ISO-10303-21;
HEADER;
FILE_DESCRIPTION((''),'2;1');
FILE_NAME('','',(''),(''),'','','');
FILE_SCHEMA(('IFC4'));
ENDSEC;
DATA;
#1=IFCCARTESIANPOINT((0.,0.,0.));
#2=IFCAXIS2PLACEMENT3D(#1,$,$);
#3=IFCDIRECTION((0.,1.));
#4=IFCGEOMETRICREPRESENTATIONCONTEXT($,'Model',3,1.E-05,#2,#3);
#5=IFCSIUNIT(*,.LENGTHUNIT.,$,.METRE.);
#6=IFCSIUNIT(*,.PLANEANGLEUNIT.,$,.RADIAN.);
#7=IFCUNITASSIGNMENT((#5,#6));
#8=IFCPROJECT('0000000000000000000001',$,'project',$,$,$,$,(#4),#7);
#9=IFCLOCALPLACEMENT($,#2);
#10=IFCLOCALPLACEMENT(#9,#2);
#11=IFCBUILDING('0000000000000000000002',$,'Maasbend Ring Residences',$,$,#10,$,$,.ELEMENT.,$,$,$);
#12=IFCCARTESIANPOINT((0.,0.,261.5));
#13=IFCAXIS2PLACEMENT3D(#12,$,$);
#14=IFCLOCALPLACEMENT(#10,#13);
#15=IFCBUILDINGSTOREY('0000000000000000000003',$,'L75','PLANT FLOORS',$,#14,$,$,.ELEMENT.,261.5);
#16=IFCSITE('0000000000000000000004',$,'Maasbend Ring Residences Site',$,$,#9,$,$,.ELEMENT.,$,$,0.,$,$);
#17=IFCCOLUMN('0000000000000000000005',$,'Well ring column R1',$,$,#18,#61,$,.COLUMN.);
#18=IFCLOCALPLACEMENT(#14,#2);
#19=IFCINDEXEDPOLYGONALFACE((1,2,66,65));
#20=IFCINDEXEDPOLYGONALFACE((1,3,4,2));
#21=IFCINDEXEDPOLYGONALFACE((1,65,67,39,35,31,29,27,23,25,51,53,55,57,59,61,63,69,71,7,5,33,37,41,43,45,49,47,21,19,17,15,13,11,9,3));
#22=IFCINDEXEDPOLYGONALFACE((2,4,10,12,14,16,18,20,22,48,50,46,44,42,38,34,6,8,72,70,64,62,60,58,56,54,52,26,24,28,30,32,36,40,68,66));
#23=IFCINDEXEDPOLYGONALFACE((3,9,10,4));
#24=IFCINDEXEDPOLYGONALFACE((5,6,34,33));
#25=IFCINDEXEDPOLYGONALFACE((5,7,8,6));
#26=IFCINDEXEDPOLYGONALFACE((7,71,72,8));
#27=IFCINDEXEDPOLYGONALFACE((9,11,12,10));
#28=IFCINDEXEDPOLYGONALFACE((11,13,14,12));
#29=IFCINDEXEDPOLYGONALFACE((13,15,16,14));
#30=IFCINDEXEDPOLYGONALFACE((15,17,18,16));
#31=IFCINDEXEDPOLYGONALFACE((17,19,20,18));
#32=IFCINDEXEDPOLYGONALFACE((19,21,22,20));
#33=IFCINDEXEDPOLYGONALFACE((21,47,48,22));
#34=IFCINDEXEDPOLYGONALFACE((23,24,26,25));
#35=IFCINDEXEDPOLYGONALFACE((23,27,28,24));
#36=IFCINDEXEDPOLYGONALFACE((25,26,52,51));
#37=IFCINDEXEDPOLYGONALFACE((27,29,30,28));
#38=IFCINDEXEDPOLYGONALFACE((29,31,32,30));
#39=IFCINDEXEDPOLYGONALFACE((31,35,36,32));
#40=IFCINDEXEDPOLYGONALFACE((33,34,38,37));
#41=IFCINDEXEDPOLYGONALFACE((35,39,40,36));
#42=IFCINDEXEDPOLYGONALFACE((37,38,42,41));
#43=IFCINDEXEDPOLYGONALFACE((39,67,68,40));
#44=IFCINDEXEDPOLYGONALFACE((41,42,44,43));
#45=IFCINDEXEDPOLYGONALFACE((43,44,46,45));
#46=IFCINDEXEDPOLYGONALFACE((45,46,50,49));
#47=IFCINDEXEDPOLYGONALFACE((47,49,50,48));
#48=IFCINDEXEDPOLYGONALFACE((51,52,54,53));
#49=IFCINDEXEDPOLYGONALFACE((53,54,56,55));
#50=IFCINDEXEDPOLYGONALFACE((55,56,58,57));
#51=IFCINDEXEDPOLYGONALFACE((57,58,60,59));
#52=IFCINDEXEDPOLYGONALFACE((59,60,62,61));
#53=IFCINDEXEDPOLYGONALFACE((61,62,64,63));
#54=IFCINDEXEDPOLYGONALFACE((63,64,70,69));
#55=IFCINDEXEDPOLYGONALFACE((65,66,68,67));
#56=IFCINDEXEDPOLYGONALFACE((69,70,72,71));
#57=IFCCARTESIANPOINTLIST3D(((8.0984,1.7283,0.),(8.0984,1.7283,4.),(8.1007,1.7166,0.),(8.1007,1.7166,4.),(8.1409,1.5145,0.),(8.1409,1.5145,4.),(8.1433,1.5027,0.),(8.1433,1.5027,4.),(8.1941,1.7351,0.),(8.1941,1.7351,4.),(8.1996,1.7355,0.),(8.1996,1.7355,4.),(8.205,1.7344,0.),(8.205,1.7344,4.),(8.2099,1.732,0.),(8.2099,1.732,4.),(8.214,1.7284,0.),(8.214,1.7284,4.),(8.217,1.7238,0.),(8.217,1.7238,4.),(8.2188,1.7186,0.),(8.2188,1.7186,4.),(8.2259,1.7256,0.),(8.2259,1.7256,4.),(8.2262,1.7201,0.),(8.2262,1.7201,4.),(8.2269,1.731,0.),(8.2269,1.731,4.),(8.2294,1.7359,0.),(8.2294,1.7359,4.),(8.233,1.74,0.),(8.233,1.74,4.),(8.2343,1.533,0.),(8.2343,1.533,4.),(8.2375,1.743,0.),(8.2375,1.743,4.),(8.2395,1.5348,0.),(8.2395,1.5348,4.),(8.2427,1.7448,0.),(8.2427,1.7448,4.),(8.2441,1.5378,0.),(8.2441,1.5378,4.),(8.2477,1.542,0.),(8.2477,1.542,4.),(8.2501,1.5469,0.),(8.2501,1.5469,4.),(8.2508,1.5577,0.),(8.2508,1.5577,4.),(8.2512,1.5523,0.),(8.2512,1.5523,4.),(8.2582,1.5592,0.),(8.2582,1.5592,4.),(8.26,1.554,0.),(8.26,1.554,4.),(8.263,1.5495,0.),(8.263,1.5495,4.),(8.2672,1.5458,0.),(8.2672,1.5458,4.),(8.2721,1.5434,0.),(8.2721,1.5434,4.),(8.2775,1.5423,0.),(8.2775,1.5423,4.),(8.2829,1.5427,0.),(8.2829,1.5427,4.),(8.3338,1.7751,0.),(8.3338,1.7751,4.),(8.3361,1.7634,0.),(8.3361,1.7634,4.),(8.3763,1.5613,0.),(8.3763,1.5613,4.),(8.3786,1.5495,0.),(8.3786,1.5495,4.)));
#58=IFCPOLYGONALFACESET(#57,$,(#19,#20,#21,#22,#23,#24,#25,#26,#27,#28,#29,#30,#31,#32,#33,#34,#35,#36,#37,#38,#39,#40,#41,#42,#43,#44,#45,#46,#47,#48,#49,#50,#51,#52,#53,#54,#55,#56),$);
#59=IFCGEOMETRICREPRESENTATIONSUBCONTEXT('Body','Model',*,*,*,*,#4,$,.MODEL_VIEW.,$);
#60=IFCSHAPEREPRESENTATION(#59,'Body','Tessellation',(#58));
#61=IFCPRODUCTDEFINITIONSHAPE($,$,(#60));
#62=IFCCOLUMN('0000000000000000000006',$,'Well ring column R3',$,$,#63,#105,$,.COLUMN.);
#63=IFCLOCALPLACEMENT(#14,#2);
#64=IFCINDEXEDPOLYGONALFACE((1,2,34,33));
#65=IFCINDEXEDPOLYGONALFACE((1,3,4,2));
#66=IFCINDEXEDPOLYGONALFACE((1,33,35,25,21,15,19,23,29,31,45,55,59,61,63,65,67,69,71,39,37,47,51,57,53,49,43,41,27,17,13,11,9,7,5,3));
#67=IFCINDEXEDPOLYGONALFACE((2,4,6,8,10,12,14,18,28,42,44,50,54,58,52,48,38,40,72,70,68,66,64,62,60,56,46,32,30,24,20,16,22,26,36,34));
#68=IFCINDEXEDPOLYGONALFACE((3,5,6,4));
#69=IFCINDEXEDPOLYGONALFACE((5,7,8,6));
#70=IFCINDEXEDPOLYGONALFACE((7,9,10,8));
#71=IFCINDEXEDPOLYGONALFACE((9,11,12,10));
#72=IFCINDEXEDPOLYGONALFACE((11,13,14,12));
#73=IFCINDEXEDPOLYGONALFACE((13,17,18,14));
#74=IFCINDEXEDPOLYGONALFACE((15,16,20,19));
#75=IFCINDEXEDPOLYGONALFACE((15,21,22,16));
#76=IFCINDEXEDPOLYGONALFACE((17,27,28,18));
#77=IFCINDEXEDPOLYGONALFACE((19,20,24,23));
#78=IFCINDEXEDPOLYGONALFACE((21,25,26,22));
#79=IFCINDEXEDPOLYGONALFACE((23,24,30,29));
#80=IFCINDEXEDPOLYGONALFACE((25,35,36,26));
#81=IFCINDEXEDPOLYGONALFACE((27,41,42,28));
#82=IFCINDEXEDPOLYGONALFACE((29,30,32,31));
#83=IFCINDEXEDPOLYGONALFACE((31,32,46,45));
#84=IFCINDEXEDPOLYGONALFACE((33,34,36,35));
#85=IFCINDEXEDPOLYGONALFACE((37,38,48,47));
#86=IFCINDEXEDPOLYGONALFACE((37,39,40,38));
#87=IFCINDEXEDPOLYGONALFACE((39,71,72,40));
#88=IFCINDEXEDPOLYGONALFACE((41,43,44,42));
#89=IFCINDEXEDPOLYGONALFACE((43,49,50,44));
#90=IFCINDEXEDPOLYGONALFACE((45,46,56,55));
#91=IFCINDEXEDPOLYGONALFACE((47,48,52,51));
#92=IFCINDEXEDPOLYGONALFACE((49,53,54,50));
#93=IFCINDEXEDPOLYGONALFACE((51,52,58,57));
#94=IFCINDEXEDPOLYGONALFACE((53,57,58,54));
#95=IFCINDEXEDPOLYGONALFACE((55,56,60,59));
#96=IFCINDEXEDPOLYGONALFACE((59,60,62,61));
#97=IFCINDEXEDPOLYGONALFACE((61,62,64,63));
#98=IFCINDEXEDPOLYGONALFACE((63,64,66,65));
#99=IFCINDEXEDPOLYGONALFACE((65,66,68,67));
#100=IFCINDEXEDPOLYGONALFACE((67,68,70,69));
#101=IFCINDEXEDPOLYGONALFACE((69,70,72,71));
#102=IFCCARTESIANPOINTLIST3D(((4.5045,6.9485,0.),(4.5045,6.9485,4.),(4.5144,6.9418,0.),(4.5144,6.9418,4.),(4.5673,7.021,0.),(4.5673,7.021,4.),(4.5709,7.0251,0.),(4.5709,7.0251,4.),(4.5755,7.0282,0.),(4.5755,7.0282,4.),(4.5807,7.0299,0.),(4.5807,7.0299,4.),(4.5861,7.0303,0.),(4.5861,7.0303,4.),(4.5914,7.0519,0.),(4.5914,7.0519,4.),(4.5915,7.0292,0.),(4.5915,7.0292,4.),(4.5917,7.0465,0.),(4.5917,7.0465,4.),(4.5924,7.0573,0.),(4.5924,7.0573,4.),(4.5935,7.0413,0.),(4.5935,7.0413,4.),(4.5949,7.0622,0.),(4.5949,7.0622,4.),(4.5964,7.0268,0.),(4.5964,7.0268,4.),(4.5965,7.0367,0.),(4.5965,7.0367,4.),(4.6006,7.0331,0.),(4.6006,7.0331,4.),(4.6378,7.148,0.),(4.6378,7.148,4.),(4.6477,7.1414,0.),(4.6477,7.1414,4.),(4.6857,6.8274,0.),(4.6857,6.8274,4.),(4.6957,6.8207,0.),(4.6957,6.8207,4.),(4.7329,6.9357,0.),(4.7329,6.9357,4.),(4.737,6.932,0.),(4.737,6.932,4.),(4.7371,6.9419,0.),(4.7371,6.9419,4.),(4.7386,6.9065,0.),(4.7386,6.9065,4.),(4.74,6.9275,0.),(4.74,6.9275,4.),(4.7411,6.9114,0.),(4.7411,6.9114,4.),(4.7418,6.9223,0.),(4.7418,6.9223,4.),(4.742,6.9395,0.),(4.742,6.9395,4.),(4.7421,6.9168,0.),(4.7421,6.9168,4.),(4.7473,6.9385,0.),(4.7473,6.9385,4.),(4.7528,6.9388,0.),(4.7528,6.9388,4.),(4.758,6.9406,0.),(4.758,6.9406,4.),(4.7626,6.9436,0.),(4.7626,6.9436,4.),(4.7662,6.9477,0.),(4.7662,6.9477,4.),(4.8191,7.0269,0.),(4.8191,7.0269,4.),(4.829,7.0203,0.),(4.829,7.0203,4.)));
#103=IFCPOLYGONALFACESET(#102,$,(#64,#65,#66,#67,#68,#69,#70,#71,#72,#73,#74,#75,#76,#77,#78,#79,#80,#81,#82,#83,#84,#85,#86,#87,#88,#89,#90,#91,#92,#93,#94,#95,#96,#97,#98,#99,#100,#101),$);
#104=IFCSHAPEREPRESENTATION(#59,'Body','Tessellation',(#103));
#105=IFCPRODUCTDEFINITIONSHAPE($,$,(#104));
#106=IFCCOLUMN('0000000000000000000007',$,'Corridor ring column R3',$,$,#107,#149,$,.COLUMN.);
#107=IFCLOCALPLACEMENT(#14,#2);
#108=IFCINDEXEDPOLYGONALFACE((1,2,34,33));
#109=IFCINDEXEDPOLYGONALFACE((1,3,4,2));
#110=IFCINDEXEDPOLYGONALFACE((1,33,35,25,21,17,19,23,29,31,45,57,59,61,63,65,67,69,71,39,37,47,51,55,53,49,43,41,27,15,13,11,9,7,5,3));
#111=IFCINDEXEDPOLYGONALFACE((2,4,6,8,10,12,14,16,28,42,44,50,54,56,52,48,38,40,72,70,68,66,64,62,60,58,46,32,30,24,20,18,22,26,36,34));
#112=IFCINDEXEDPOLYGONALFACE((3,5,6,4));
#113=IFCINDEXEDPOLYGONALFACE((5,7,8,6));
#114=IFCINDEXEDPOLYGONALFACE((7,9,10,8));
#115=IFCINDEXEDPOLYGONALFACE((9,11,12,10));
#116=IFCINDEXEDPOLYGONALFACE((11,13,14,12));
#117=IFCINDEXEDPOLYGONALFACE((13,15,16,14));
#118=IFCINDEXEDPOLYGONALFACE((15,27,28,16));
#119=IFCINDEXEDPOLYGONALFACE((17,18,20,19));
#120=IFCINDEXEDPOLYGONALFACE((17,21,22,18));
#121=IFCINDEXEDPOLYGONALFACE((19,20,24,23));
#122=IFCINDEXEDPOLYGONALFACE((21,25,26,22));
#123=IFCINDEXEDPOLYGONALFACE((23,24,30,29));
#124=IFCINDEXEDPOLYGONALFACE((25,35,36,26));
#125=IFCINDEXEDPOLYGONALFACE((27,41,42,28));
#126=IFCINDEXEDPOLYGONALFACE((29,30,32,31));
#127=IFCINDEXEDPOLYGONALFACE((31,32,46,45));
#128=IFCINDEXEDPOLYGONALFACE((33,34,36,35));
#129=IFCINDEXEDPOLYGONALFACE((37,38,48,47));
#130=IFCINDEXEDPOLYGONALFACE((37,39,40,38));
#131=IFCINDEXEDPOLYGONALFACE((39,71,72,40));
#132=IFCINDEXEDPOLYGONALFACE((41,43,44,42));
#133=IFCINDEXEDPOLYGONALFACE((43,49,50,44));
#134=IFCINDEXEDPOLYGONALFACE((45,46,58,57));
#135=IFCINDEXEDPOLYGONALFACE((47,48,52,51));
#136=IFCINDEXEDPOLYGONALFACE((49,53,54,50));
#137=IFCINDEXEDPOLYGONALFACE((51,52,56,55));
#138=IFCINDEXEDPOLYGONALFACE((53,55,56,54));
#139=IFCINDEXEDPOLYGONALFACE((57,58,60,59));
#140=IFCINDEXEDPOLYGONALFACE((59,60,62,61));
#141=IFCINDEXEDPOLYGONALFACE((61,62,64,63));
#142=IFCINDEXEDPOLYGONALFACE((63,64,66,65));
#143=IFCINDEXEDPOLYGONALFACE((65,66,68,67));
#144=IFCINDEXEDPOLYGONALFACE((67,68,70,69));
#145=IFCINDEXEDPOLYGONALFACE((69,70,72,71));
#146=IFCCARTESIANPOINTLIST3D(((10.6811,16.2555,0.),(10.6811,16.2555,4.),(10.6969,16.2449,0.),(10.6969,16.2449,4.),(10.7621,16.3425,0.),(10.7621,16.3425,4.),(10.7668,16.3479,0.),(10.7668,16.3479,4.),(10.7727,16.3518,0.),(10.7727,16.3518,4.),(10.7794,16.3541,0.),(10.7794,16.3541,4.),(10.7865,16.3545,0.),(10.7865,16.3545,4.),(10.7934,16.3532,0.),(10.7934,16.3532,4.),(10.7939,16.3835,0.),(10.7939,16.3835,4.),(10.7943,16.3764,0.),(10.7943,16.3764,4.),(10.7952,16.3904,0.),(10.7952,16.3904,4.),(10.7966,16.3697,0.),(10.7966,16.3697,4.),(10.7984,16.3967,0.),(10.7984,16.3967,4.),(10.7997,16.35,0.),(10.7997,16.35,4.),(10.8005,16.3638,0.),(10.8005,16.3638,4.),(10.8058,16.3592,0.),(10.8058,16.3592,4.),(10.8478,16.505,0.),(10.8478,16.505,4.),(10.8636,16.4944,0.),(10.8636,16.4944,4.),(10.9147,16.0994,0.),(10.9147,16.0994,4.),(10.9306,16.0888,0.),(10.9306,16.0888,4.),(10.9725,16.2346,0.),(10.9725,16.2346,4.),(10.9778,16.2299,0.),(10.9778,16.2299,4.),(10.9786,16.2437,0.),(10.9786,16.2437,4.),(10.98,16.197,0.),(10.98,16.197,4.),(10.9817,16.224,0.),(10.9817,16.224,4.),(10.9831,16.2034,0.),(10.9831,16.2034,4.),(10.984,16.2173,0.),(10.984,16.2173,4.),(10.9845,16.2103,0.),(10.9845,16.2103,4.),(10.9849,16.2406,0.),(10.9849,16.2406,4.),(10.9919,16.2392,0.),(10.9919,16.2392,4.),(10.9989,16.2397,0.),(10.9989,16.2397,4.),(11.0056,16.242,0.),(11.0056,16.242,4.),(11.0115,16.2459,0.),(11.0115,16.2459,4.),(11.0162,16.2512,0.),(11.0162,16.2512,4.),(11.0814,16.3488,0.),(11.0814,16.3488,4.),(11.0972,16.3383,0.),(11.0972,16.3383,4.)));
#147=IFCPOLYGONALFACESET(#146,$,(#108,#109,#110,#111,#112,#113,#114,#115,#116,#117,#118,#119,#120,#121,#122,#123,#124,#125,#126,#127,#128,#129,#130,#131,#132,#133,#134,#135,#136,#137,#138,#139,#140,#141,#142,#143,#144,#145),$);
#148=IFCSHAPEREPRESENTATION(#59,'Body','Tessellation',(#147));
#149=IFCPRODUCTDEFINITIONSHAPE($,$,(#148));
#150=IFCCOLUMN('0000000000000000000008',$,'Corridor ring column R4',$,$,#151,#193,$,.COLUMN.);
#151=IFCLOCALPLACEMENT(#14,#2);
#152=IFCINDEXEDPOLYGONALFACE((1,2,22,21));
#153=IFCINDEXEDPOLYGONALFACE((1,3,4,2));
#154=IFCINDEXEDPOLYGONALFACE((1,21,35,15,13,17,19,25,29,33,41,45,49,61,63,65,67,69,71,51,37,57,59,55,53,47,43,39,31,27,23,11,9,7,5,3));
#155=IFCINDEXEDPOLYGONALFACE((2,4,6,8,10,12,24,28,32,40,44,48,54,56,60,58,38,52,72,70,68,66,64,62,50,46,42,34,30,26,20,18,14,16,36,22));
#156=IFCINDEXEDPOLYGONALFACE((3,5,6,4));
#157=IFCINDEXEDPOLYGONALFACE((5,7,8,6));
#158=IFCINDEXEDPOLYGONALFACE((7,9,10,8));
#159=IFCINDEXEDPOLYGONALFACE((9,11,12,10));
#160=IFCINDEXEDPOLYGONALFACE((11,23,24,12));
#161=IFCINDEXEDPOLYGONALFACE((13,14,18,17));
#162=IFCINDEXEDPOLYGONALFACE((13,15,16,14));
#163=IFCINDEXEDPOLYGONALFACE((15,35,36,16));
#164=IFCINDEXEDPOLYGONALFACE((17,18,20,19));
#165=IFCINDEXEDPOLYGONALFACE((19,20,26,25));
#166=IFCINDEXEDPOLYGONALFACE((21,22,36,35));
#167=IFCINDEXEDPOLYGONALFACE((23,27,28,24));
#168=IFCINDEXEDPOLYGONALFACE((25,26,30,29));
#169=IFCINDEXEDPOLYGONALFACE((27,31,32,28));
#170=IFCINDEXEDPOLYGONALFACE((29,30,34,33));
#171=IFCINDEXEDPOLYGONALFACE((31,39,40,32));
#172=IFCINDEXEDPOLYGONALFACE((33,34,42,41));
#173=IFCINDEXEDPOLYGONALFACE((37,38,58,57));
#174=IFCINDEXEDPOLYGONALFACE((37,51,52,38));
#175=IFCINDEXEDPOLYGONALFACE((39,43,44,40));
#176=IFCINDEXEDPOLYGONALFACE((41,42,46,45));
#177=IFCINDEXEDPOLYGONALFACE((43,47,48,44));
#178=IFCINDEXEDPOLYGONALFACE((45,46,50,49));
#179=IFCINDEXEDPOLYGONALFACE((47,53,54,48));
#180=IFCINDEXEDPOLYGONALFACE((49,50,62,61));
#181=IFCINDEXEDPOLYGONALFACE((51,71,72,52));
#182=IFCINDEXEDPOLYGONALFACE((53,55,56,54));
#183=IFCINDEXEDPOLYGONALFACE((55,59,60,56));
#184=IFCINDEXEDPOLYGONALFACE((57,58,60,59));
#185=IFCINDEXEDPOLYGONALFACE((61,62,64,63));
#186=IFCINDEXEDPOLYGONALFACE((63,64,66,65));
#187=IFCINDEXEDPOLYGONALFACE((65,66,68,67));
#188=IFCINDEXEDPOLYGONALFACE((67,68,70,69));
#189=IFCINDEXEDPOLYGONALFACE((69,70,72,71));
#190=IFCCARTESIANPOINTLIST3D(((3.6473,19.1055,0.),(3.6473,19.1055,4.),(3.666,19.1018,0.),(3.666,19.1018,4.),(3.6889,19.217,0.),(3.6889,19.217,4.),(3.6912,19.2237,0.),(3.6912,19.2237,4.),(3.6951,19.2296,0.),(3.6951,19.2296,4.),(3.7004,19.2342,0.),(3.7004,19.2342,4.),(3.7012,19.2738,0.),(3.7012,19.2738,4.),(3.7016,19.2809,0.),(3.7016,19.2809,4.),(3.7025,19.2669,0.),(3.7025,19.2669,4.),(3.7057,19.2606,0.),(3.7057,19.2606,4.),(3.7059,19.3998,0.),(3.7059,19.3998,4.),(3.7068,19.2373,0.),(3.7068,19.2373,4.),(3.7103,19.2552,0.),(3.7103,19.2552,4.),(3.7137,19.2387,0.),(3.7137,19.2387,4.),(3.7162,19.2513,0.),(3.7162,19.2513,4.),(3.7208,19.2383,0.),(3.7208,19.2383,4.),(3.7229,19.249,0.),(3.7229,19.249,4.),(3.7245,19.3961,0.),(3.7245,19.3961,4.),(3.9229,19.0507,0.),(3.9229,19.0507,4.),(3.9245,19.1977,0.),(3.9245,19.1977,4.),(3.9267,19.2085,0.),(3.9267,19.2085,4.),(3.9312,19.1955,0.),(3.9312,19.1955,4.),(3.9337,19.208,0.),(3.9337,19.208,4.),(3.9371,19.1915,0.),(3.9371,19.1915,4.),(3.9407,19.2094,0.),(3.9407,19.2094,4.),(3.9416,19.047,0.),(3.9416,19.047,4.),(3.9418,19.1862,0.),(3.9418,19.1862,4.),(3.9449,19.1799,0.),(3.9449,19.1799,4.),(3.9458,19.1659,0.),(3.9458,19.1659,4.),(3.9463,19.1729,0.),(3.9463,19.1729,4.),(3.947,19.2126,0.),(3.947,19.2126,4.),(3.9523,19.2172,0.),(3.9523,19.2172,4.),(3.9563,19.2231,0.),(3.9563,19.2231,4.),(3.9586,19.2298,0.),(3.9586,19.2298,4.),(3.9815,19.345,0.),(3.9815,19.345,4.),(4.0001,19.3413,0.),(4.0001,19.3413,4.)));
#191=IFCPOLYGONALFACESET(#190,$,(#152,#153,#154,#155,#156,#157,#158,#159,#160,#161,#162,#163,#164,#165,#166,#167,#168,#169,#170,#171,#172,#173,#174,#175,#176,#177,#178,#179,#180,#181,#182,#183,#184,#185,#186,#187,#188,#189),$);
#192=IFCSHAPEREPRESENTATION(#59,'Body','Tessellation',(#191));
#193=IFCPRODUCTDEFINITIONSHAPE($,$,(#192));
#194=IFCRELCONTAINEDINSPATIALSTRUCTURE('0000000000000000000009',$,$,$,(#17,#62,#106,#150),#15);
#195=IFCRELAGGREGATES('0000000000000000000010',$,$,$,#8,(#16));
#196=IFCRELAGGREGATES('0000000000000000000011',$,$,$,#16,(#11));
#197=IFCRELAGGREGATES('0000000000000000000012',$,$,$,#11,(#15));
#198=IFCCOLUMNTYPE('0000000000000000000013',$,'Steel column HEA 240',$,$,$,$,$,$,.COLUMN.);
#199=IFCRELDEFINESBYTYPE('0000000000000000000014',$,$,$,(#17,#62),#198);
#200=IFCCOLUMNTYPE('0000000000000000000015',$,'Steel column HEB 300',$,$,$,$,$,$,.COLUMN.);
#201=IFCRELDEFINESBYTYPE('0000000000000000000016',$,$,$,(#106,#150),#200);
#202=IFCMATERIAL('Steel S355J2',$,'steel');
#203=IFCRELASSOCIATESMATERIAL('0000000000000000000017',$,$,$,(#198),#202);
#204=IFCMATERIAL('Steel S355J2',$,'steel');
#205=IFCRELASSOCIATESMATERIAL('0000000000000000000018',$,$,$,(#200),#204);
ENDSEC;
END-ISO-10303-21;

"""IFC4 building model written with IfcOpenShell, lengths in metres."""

from ifc_helpers import new_model, si_unit, direction, frame, origin, origin_2d, place, context, subcontext, project, spatial, i_section, extrude, material, material_profile, profile_set, type_object, element, save


model = new_model("IFC4")

# Units and contexts
model_context = context("Model", 3, precision=1e-05, world=origin(), true_north=direction((0.0, 1.0)))
body_context = subcontext(model_context, "Body", "Model", "MODEL_VIEW")
ifc_project = project(units=[si_unit("LENGTHUNIT", "METRE"), si_unit("PLANEANGLEUNIT", "RADIAN")], contexts=[model_context])

# Site, building, storey
site_placement = place(None, origin())
site = spatial("IfcSite", under=ifc_project, at=site_placement, Name="Maasbend Ring Residences Site", CompositionType="ELEMENT", RefElevation=0.0)
building_placement = place(site_placement, origin())
building = spatial("IfcBuilding", under=site, at=building_placement, Name="Maasbend Ring Residences", CompositionType="ELEMENT")
storey_placement = place(building_placement, frame((0.0, 0.0, 261.5)))
storey = spatial("IfcBuildingStorey", under=building, at=storey_placement, Name="L75", Description="PLANT FLOORS", CompositionType="ELEMENT", Elevation=261.5)

# Columns
ifc_material_1 = material(Name="Steel S355J2", Category="steel")
ifc_material_profile_1 = material_profile(ifc_material_1, i_section(OverallWidth=0.24, OverallDepth=0.23, WebThickness=0.0076, FlangeThickness=0.012, FilletRadius=0.021, at=origin_2d()), Name="HEA 240")
ifc_profile_set_1 = profile_set([ifc_material_profile_1], Name="Steel S355J2")
column_type_1 = type_object("IfcColumnType", Name="Steel column HEA 240", PredefinedType="COLUMN", material=ifc_profile_set_1)
for number, where, z_axis, x_axis, name in (
    (1, (8.2385, 1.6389, 0.0), (0.0, 0.0, 1.0), (0.980785, 0.19509, 0.0), "Well ring column R1"),
    (2, (4.6667, 6.9844, 0.0), (0.0, 0.0, 1.0), (0.55557, 0.83147, 0.0), "Well ring column R3"),
):
    element("IfcColumn", number, at=place(storey_placement, frame(where, z_axis=z_axis, x_axis=x_axis)), inside=storey, type_object=column_type_1, Name=name, PredefinedType="COLUMN", context=body_context, shape_type="SweptSolid", body=[
        extrude(i_section(OverallWidth=0.24, OverallDepth=0.23, WebThickness=0.0076, FlangeThickness=0.012, FilletRadius=0.021, at=origin_2d()), origin(), (0.0, 0.0, 1.0), 4.0),
    ])
ifc_material_2 = material(Name="Steel S355J2", Category="steel")
ifc_material_profile_2 = material_profile(ifc_material_2, i_section(OverallWidth=0.3, OverallDepth=0.3, WebThickness=0.011, FlangeThickness=0.019, FilletRadius=0.0271, at=origin_2d()), Name="HEB 300")
ifc_profile_set_2 = profile_set([ifc_material_profile_2], Name="Steel S355J2")
column_type_2 = type_object("IfcColumnType", Name="Steel column HEB 300", PredefinedType="COLUMN", material=ifc_profile_set_2)
for number, where, z_axis, x_axis, name in (
    (3, (10.8892, 16.2969, 0.0), (0.0, 0.0, 1.0), (0.55557, 0.83147, 0.0), "Corridor ring column R3"),
    (4, (3.8237, 19.2234, 0.0), (0.0, 0.0, 1.0), (0.19509, 0.980785, 0.0), "Corridor ring column R4"),
):
    element("IfcColumn", number, at=place(storey_placement, frame(where, z_axis=z_axis, x_axis=x_axis)), inside=storey, type_object=column_type_2, Name=name, PredefinedType="COLUMN", context=body_context, shape_type="SweptSolid", body=[
        extrude(i_section(OverallWidth=0.3, OverallDepth=0.3, WebThickness=0.011, FlangeThickness=0.019, FilletRadius=0.0271, at=origin_2d()), origin(), (0.0, 0.0, 1.0), 4.0),
    ])

save(model, "model.ifc")
